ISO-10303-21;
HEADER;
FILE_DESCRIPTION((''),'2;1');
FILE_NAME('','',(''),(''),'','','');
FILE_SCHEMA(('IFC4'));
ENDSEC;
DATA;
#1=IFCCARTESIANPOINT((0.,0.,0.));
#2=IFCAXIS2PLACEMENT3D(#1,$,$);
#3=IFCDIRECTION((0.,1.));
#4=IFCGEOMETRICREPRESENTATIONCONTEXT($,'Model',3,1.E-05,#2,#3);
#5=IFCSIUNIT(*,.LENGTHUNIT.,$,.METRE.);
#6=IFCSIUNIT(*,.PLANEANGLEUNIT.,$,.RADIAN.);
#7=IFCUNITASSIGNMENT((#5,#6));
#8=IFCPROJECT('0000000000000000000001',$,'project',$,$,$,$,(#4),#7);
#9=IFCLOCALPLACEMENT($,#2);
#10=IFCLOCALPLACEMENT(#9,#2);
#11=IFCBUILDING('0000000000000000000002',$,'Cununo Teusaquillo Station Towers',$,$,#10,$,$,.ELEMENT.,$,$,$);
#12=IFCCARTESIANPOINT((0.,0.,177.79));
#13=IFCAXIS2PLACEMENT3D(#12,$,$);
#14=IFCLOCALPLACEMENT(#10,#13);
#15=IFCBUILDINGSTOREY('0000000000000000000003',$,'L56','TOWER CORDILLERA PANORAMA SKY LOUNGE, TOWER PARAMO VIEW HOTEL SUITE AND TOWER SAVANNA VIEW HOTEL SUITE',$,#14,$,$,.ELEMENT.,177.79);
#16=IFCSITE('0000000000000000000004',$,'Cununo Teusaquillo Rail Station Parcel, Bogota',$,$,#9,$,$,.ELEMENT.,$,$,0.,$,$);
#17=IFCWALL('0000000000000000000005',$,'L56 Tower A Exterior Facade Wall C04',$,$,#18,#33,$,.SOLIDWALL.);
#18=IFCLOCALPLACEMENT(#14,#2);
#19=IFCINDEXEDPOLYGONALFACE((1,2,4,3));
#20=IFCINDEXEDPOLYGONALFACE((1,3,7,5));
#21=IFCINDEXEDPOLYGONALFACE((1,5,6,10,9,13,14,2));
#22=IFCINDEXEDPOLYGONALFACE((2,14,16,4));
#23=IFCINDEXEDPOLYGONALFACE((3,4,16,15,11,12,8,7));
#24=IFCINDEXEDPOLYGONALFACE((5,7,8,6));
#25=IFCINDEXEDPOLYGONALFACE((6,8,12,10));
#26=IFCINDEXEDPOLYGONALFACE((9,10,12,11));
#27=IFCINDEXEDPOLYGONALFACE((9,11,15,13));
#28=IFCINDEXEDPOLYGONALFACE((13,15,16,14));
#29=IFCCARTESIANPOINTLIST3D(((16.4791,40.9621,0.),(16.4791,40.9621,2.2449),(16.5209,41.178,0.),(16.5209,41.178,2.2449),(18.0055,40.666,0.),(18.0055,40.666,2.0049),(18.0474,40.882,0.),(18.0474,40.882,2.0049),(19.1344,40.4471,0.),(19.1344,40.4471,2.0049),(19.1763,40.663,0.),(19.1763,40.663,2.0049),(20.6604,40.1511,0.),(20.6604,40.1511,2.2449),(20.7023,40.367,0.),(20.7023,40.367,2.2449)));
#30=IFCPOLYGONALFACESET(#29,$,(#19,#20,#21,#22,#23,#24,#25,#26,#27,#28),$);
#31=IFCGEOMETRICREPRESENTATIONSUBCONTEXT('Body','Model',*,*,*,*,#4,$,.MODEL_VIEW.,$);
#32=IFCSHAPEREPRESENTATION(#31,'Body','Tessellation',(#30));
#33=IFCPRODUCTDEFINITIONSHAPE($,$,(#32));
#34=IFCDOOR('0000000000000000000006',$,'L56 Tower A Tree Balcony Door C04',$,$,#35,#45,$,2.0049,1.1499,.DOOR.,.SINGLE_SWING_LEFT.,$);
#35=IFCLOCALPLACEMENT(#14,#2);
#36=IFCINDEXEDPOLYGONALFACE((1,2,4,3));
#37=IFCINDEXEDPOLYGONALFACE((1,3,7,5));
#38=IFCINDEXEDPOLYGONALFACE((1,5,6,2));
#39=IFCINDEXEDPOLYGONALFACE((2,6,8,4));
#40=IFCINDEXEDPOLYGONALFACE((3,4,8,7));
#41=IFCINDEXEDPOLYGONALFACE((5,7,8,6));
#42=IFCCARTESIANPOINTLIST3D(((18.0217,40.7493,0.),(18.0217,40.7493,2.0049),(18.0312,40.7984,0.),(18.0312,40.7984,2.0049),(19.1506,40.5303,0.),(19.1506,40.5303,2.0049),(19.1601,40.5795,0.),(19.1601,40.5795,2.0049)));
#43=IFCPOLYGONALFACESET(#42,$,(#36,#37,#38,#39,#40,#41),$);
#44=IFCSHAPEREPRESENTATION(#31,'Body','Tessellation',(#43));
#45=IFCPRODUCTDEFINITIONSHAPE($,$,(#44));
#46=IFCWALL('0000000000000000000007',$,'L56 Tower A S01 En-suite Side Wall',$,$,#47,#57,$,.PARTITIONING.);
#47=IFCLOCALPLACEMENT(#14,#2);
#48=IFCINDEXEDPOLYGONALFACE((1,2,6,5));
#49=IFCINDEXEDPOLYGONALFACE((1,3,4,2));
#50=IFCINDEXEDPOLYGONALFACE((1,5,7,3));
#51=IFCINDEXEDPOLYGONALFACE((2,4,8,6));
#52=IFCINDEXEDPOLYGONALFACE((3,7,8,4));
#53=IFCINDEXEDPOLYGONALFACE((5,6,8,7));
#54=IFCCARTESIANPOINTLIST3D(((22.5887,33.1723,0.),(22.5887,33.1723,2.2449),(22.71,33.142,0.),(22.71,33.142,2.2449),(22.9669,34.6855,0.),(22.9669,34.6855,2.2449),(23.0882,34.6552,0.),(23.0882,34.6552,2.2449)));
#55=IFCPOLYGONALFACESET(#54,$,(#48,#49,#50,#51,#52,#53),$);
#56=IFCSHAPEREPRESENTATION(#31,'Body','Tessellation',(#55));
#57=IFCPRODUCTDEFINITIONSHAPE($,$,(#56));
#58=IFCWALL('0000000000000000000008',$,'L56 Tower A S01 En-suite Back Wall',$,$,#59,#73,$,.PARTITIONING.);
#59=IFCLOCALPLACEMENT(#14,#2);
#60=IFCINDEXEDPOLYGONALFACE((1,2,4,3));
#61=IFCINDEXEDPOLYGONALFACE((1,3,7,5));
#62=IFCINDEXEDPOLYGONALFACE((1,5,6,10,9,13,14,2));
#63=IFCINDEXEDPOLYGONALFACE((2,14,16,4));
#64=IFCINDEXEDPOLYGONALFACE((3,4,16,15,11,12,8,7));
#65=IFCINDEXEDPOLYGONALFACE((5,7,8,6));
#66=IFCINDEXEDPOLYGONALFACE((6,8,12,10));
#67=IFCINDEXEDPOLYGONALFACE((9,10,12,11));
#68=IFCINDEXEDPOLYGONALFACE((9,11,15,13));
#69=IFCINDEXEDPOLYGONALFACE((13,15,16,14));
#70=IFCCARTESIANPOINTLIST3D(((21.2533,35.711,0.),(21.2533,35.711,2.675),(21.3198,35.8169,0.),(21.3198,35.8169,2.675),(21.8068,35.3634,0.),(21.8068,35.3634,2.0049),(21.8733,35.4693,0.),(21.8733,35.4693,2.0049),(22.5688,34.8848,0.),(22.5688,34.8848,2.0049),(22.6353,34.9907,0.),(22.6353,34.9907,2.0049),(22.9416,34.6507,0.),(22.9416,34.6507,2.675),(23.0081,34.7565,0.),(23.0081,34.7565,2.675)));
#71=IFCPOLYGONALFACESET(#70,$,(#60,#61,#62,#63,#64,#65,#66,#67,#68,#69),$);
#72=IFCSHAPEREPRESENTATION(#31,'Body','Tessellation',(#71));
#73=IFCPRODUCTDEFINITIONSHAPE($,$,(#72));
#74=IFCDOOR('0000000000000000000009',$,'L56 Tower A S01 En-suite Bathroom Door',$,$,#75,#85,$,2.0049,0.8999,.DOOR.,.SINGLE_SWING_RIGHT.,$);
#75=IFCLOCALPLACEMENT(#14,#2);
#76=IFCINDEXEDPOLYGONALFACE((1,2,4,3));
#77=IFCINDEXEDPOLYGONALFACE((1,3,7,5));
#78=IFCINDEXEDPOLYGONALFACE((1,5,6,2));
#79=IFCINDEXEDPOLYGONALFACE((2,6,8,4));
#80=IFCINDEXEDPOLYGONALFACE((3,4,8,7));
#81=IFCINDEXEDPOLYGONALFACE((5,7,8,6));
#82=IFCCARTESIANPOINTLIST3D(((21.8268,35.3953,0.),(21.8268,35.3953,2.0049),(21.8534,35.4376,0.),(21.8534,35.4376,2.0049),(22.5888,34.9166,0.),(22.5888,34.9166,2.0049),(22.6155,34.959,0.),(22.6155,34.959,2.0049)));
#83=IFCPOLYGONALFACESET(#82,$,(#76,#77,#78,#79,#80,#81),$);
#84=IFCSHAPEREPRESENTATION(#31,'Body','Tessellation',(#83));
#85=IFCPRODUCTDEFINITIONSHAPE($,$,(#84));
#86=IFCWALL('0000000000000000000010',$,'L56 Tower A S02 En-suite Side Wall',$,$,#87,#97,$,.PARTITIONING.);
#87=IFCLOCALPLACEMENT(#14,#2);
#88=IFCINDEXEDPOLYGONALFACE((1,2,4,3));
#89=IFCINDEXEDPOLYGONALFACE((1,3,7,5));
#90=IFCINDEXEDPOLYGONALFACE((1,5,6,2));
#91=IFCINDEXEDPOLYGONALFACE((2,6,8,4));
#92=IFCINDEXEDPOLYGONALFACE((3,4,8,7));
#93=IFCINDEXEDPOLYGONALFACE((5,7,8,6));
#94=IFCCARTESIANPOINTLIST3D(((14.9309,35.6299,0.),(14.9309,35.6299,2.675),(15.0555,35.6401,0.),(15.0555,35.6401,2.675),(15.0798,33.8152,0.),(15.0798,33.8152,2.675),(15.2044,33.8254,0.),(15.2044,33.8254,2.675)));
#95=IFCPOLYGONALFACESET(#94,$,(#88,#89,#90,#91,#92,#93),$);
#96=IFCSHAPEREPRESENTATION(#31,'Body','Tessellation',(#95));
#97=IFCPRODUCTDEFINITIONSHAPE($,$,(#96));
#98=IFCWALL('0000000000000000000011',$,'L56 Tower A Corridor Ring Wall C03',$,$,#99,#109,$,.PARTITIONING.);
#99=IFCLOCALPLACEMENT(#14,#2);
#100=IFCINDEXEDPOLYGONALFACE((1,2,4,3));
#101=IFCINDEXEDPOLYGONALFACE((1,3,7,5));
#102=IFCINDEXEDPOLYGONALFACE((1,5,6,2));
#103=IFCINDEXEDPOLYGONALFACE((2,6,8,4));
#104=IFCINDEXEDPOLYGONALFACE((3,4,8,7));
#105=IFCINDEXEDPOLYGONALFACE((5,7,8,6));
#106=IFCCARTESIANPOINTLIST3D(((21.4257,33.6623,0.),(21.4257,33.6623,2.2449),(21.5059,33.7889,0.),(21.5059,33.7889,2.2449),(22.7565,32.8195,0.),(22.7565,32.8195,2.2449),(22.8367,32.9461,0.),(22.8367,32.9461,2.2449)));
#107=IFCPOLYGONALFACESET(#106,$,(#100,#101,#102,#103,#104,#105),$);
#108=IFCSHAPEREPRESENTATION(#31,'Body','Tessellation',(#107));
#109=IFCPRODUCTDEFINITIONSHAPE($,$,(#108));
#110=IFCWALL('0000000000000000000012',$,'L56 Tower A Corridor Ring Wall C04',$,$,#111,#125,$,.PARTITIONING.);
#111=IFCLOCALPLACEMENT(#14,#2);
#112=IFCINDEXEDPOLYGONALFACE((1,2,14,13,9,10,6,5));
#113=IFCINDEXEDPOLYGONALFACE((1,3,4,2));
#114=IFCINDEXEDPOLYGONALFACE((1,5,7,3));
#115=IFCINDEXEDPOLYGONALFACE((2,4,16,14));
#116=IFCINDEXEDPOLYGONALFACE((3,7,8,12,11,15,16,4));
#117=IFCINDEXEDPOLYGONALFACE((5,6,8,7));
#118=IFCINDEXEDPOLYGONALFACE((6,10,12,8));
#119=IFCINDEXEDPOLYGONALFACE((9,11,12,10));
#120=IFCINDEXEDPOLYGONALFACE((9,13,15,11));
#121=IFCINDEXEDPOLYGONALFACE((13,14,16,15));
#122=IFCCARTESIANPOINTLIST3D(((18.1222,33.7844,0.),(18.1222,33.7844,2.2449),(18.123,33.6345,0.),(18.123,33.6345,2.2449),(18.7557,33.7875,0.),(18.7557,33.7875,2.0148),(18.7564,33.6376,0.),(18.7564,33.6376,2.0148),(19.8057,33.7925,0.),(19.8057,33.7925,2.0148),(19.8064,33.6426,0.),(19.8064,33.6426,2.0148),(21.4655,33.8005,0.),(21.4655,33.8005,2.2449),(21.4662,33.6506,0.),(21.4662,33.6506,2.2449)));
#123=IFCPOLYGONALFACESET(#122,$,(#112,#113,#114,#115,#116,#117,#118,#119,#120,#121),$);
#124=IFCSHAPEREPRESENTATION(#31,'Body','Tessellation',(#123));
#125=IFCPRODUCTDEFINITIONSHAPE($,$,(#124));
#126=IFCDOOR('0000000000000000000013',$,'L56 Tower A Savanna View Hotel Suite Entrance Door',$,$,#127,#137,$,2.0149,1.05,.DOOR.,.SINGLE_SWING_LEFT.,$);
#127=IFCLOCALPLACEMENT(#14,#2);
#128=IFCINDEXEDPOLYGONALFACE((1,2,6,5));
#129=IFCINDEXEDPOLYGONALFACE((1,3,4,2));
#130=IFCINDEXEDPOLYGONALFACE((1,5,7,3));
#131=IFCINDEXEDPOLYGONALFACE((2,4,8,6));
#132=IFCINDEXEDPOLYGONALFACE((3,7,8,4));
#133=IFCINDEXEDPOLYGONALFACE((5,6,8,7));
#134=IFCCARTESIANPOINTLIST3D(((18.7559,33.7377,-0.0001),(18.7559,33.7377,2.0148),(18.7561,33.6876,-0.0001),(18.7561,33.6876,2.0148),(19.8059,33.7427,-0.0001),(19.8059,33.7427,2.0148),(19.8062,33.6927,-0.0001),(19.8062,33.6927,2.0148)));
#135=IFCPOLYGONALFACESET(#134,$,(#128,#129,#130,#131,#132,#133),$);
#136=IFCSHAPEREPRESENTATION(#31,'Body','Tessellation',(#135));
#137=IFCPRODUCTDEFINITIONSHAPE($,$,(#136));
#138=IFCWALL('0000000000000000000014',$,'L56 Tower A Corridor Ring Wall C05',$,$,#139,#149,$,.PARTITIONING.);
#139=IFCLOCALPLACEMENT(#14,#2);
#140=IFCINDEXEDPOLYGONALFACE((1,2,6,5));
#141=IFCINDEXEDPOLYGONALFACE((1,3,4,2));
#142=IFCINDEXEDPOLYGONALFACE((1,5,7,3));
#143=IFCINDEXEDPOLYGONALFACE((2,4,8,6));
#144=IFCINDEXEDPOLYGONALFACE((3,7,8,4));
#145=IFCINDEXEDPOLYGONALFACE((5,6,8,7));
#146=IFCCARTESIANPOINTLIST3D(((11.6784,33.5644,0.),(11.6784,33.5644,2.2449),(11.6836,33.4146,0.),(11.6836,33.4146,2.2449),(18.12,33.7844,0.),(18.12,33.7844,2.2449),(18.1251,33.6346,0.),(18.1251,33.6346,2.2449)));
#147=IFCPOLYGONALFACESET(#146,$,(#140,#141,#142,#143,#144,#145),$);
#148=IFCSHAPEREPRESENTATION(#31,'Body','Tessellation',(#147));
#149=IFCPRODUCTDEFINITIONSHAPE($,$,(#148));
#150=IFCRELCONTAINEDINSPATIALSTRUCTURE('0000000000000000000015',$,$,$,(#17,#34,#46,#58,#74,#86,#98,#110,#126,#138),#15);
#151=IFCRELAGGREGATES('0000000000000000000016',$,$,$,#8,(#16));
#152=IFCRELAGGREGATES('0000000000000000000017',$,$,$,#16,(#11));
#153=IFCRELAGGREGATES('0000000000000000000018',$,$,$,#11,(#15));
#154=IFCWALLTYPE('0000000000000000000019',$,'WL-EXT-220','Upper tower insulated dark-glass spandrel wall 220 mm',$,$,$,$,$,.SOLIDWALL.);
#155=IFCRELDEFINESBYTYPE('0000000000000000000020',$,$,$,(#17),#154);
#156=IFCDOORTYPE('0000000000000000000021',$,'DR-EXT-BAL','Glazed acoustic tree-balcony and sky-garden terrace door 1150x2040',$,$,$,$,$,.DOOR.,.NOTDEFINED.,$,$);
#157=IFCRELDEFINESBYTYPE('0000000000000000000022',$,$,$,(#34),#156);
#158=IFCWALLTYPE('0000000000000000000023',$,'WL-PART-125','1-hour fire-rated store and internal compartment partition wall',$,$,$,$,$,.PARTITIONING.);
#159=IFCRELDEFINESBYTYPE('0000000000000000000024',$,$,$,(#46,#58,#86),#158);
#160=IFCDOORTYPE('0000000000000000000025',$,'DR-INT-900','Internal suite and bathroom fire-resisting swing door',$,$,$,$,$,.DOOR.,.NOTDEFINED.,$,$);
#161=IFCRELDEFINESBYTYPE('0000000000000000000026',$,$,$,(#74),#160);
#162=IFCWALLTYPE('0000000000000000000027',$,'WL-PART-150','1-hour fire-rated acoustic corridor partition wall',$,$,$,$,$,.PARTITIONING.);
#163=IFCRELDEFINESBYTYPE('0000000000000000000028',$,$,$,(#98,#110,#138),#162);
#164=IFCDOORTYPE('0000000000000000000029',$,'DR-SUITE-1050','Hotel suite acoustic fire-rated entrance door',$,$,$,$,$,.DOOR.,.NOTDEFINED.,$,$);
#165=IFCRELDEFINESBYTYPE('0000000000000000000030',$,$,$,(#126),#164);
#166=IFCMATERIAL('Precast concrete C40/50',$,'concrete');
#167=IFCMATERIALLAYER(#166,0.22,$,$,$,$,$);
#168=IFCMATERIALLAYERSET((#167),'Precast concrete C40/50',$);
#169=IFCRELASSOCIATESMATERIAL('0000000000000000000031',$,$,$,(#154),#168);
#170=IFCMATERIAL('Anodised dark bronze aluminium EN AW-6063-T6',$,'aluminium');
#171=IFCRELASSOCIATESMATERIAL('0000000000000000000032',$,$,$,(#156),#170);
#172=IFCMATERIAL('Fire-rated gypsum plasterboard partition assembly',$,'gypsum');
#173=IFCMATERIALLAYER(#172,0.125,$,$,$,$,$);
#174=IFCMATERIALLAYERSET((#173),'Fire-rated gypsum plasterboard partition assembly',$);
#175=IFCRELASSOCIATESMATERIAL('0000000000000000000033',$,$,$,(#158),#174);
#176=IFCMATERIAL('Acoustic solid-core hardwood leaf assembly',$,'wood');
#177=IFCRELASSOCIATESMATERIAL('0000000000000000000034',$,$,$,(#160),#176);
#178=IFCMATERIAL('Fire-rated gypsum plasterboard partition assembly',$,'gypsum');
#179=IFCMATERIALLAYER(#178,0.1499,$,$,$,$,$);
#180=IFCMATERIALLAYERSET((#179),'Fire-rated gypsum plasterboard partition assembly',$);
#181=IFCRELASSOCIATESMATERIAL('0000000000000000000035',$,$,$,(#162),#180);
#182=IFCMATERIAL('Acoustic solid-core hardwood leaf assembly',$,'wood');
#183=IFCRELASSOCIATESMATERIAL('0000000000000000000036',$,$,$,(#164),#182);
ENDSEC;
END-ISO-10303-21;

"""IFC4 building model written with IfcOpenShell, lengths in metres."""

from ifc_helpers import new_model, si_unit, direction, frame, frame_2d, origin, place, context, subcontext, project, spatial, rectangle, extrude, source, transform, mapped, material, layer, layer_set, type_object, element, fill, save


model = new_model("IFC4")

# Units and contexts
model_context = context("Model", 3, precision=1e-05, world=origin(), true_north=direction((0.0, 1.0)))
body_context = subcontext(model_context, "Body", "Model", "MODEL_VIEW")
ifc_project = project(units=[si_unit("LENGTHUNIT", "METRE"), si_unit("PLANEANGLEUNIT", "RADIAN")], contexts=[model_context])

# Site, building, storey
site_placement = place(None, origin())
site = spatial("IfcSite", under=ifc_project, at=site_placement, Name="Cununo Teusaquillo Rail Station Parcel, Bogota", CompositionType="ELEMENT", RefElevation=0.0)
building_placement = place(site_placement, origin())
building = spatial("IfcBuilding", under=site, at=building_placement, Name="Cununo Teusaquillo Station Towers", CompositionType="ELEMENT")
storey_placement = place(building_placement, frame((0.0, 0.0, 177.79)))
storey = spatial("IfcBuildingStorey", under=building, at=storey_placement, Name="L56", Description="TOWER CORDILLERA PANORAMA SKY LOUNGE, TOWER PARAMO VIEW HOTEL SUITE AND TOWER SAVANNA VIEW HOTEL SUITE", CompositionType="ELEMENT", Elevation=177.79)

# Shared definitions
ifc_material_1 = material(Name="Precast concrete C40/50", Category="concrete")
ifc_layer_1 = layer(ifc_material_1, 0.22)
ifc_layer_set_1 = layer_set([ifc_layer_1], Name="Precast concrete C40/50")
wall_type_1 = type_object("IfcWallType", Name="WL-EXT-220", Description="Upper tower insulated dark-glass spandrel wall 220 mm", PredefinedType="SOLIDWALL", material=ifc_layer_set_1)

# Wall, opening, door
wall_1_placement = place(storey_placement, frame((16.5, 41.0701, 0.0), z_axis=(0.0, 0.0, 1.0), x_axis=(0.981704, -0.190414, 0.0)))
wall_1 = element("IfcWall", 1, at=wall_1_placement, inside=storey, type_object=wall_type_1, Name="L56 Tower A Exterior Facade Wall C04", PredefinedType="SOLIDWALL", context=body_context, shape_type="SweptSolid", body=[
    extrude(rectangle(XDim=4.2593, YDim=0.22, at=frame_2d((2.1296, 0.0))), origin(), (0.0, 0.0, 1.0), 2.2449),
])
shared_shape_1 = source(origin(), body_context, "Body", "SweptSolid", [
    extrude(rectangle(XDim=1.1499, YDim=2.0049, at=frame_2d((0.575, 1.0024))), frame((0.0, 0.1199, 0.0), z_axis=(0.0, -1.0, 0.0), x_axis=(1.0, 0.0, 0.0)), (0.0, 0.0, 1.0), 0.24),
])
opening_1_placement = place(wall_1_placement, frame((1.5549, 0.0, 0.0)))
opening_1 = element("IfcOpeningElement", 2, at=opening_1_placement, cuts=wall_1, PredefinedType="OPENING", context=body_context, shape_type="MappedRepresentation", body=[
    mapped(shared_shape_1, transform((0.0, 0.0, 0.0), x_axis=(1.0, 0.0, 0.0), y_axis=(0.0, 1.0, 0.0), z_axis=(0.0, 0.0, 1.0), scale=1.0)),
])
ifc_material_2 = material(Name="Anodised dark bronze aluminium EN AW-6063-T6", Category="aluminium")
door_type_1 = type_object("IfcDoorType", Name="DR-EXT-BAL", Description="Glazed acoustic tree-balcony and sky-garden terrace door 1150x2040", OperationType="NOTDEFINED", PredefinedType="DOOR", material=ifc_material_2)
shared_shape_2 = source(origin(), body_context, "Body", "SweptSolid", [
    extrude(rectangle(XDim=1.1499, YDim=2.0049, at=frame_2d((0.575, 1.0024))), frame((0.0, 0.0249, 0.0), z_axis=(0.0, -1.0, 0.0), x_axis=(1.0, 0.0, 0.0)), (0.0, 0.0, 1.0), 0.05),
])
door_1_placement = place(opening_1_placement, origin())
door_1 = element("IfcDoor", 3, at=door_1_placement, inside=storey, type_object=door_type_1, Name="L56 Tower A Tree Balcony Door C04", OperationType="SINGLE_SWING_LEFT", OverallHeight=2.0049, OverallWidth=1.1499, PredefinedType="DOOR", context=body_context, shape_type="MappedRepresentation", body=[
    mapped(shared_shape_2, transform((0.0, 0.0, 0.0), x_axis=(1.0, 0.0, 0.0), y_axis=(0.0, 1.0, 0.0), z_axis=(0.0, 0.0, 1.0), scale=1.0)),
])
fill(opening_1, door_1)

# Wall
ifc_material_3 = material(Name="Fire-rated gypsum plasterboard partition assembly", Category="gypsum")
ifc_layer_2 = layer(ifc_material_3, 0.125)
ifc_layer_set_2 = layer_set([ifc_layer_2], Name="Fire-rated gypsum plasterboard partition assembly")
wall_type_2 = type_object("IfcWallType", Name="WL-PART-125", Description="1-hour fire-rated store and internal compartment partition wall", PredefinedType="PARTITIONING", material=ifc_layer_set_2)
wall_2_placement = place(storey_placement, frame((22.6494, 33.1572, 0.0), z_axis=(0.0, 0.0, 1.0), x_axis=(0.242462, 0.970161, 0.0)))
element("IfcWall", 4, at=wall_2_placement, inside=storey, type_object=wall_type_2, Name="L56 Tower A S01 En-suite Side Wall", PredefinedType="PARTITIONING", context=body_context, shape_type="SweptSolid", body=[
    extrude(rectangle(XDim=1.5598, YDim=0.125, at=frame_2d((0.7798, 0.0))), origin(), (0.0, 0.0, 1.0), 2.2449),
])

# Wall, opening, door
wall_3_placement = place(storey_placement, frame((22.9749, 34.7036, 0.0), z_axis=(0.0, 0.0, 1.0), x_axis=(-0.846834, 0.531858, 0.0)))
wall_3 = element("IfcWall", 5, at=wall_3_placement, inside=storey, type_object=wall_type_2, Name="L56 Tower A S01 En-suite Back Wall", PredefinedType="PARTITIONING", context=body_context, shape_type="SweptSolid", body=[
    extrude(rectangle(XDim=1.9937, YDim=0.125, at=frame_2d((0.9968, 0.0))), origin(), (0.0, 0.0, 1.0), 2.675),
])
shared_shape_3 = source(origin(), body_context, "Body", "SweptSolid", [
    extrude(rectangle(XDim=0.8999, YDim=2.0049, at=frame_2d((0.45, 1.0024))), frame((0.0, 0.0725, 0.0), z_axis=(0.0, -1.0, 0.0), x_axis=(1.0, 0.0, 0.0)), (0.0, 0.0, 1.0), 0.145),
])
opening_2_placement = place(wall_3_placement, frame((0.4402, 0.0, 0.0)))
opening_2 = element("IfcOpeningElement", 6, at=opening_2_placement, cuts=wall_3, PredefinedType="OPENING", context=body_context, shape_type="MappedRepresentation", body=[
    mapped(shared_shape_3, transform((0.0, 0.0, 0.0), x_axis=(1.0, 0.0, 0.0), y_axis=(0.0, 1.0, 0.0), z_axis=(0.0, 0.0, 1.0), scale=1.0)),
])
ifc_material_4 = material(Name="Acoustic solid-core hardwood leaf assembly", Category="wood")
door_type_2 = type_object("IfcDoorType", Name="DR-INT-900", Description="Internal suite and bathroom fire-resisting swing door", OperationType="NOTDEFINED", PredefinedType="DOOR", material=ifc_material_4)
shared_shape_4 = source(origin(), body_context, "Body", "SweptSolid", [
    extrude(rectangle(XDim=0.8999, YDim=2.0049, at=frame_2d((0.45, 1.0024))), frame((0.0, 0.0249, 0.0), z_axis=(0.0, -1.0, 0.0), x_axis=(1.0, 0.0, 0.0)), (0.0, 0.0, 1.0), 0.05),
])
door_2_placement = place(opening_2_placement, origin())
door_2 = element("IfcDoor", 7, at=door_2_placement, inside=storey, type_object=door_type_2, Name="L56 Tower A S01 En-suite Bathroom Door", OperationType="SINGLE_SWING_RIGHT", OverallHeight=2.0049, OverallWidth=0.8999, PredefinedType="DOOR", context=body_context, shape_type="MappedRepresentation", body=[
    mapped(shared_shape_4, transform((0.0, 0.0, 0.0), x_axis=(1.0, 0.0, 0.0), y_axis=(0.0, 1.0, 0.0), z_axis=(0.0, 0.0, 1.0), scale=1.0)),
])
fill(opening_2, door_2)

# Walls
wall_4_placement = place(storey_placement, frame((15.1421, 33.8203, 0.0), z_axis=(0.0, 0.0, 1.0), x_axis=(-0.081791, 0.996649, 0.0)))
element("IfcWall", 8, at=wall_4_placement, inside=storey, type_object=wall_type_2, Name="L56 Tower A S02 En-suite Side Wall", PredefinedType="PARTITIONING", context=body_context, shape_type="SweptSolid", body=[
    extrude(rectangle(XDim=1.8208, YDim=0.125, at=frame_2d((0.9104, 0.0))), origin(), (0.0, 0.0, 1.0), 2.675),
])
ifc_material_5 = material(Name="Fire-rated gypsum plasterboard partition assembly", Category="gypsum")
ifc_layer_3 = layer(ifc_material_5, 0.1499)
ifc_layer_set_3 = layer_set([ifc_layer_3], Name="Fire-rated gypsum plasterboard partition assembly")
wall_type_3 = type_object("IfcWallType", Name="WL-PART-150", Description="1-hour fire-rated acoustic corridor partition wall", PredefinedType="PARTITIONING", material=ifc_layer_set_3)
wall_5_placement = place(storey_placement, frame((22.7966, 32.8828, 0.0), z_axis=(0.0, 0.0, 1.0), x_axis=(-0.84484, 0.535019, 0.0)))
element("IfcWall", 9, at=wall_5_placement, inside=storey, type_object=wall_type_3, Name="L56 Tower A Corridor Ring Wall C03", PredefinedType="PARTITIONING", context=body_context, shape_type="SweptSolid", body=[
    extrude(rectangle(XDim=1.5752, YDim=0.1499, at=frame_2d((0.7876, 0.0))), origin(), (0.0, 0.0, 1.0), 2.2449),
])

# Wall, opening, door
wall_6_placement = place(storey_placement, frame((21.4658, 33.7256, 0.0), z_axis=(0.0, 0.0, 1.0), x_axis=(-0.999988, -0.00482, 0.0)))
wall_6 = element("IfcWall", 10, at=wall_6_placement, inside=storey, type_object=wall_type_3, Name="L56 Tower A Corridor Ring Wall C04", PredefinedType="PARTITIONING", context=body_context, shape_type="SweptSolid", body=[
    extrude(rectangle(XDim=3.3433, YDim=0.1499, at=frame_2d((1.6716, 0.0))), origin(), (0.0, 0.0, 1.0), 2.2449),
])
shared_shape_5 = source(origin(), body_context, "Body", "SweptSolid", [
    extrude(rectangle(XDim=1.05, YDim=2.0149, at=frame_2d((0.5249, 1.0073))), frame((0.0, 0.085, 0.0), z_axis=(0.0, -1.0, 0.0), x_axis=(1.0, 0.0, 0.0)), (0.0, 0.0, 1.0), 0.1699),
])
opening_3_placement = place(wall_6_placement, frame((1.6599, 0.0, 0.0)))
opening_3 = element("IfcOpeningElement", 11, at=opening_3_placement, cuts=wall_6, PredefinedType="OPENING", context=body_context, shape_type="MappedRepresentation", body=[
    mapped(shared_shape_5, transform((0.0, 0.0, 0.0), x_axis=(1.0, 0.0, 0.0), y_axis=(0.0, 1.0, 0.0), z_axis=(0.0, 0.0, 1.0), scale=1.0)),
])
ifc_material_6 = material(Name="Acoustic solid-core hardwood leaf assembly", Category="wood")
door_type_3 = type_object("IfcDoorType", Name="DR-SUITE-1050", Description="Hotel suite acoustic fire-rated entrance door", OperationType="NOTDEFINED", PredefinedType="DOOR", material=ifc_material_6)
shared_shape_6 = source(origin(), body_context, "Body", "SweptSolid", [
    extrude(rectangle(XDim=1.05, YDim=2.0149, at=frame_2d((0.5249, 1.0073))), frame((0.0, 0.0249, 0.0), z_axis=(0.0, -1.0, 0.0), x_axis=(1.0, 0.0, 0.0)), (0.0, 0.0, 1.0), 0.05),
])
door_3_placement = place(opening_3_placement, origin())
door_3 = element("IfcDoor", 12, at=door_3_placement, inside=storey, type_object=door_type_3, Name="L56 Tower A Savanna View Hotel Suite Entrance Door", OperationType="SINGLE_SWING_LEFT", OverallHeight=2.0149, OverallWidth=1.05, PredefinedType="DOOR", context=body_context, shape_type="MappedRepresentation", body=[
    mapped(shared_shape_6, transform((0.0, 0.0, 0.0), x_axis=(1.0, 0.0, 0.0), y_axis=(0.0, 1.0, 0.0), z_axis=(0.0, 0.0, 1.0), scale=1.0)),
])
fill(opening_3, door_3)

# Wall
wall_7_placement = place(storey_placement, frame((18.1226, 33.7095, 0.0), z_axis=(0.0, 0.0, 1.0), x_axis=(-0.999417, -0.034128, 0.0)))
element("IfcWall", 13, at=wall_7_placement, inside=storey, type_object=wall_type_3, Name="L56 Tower A Corridor Ring Wall C05", PredefinedType="PARTITIONING", context=body_context, shape_type="SweptSolid", body=[
    extrude(rectangle(XDim=6.4453, YDim=0.1499, at=frame_2d((3.2227, 0.0))), origin(), (0.0, 0.0, 1.0), 2.2449),
])

save(model, "model.ifc")
